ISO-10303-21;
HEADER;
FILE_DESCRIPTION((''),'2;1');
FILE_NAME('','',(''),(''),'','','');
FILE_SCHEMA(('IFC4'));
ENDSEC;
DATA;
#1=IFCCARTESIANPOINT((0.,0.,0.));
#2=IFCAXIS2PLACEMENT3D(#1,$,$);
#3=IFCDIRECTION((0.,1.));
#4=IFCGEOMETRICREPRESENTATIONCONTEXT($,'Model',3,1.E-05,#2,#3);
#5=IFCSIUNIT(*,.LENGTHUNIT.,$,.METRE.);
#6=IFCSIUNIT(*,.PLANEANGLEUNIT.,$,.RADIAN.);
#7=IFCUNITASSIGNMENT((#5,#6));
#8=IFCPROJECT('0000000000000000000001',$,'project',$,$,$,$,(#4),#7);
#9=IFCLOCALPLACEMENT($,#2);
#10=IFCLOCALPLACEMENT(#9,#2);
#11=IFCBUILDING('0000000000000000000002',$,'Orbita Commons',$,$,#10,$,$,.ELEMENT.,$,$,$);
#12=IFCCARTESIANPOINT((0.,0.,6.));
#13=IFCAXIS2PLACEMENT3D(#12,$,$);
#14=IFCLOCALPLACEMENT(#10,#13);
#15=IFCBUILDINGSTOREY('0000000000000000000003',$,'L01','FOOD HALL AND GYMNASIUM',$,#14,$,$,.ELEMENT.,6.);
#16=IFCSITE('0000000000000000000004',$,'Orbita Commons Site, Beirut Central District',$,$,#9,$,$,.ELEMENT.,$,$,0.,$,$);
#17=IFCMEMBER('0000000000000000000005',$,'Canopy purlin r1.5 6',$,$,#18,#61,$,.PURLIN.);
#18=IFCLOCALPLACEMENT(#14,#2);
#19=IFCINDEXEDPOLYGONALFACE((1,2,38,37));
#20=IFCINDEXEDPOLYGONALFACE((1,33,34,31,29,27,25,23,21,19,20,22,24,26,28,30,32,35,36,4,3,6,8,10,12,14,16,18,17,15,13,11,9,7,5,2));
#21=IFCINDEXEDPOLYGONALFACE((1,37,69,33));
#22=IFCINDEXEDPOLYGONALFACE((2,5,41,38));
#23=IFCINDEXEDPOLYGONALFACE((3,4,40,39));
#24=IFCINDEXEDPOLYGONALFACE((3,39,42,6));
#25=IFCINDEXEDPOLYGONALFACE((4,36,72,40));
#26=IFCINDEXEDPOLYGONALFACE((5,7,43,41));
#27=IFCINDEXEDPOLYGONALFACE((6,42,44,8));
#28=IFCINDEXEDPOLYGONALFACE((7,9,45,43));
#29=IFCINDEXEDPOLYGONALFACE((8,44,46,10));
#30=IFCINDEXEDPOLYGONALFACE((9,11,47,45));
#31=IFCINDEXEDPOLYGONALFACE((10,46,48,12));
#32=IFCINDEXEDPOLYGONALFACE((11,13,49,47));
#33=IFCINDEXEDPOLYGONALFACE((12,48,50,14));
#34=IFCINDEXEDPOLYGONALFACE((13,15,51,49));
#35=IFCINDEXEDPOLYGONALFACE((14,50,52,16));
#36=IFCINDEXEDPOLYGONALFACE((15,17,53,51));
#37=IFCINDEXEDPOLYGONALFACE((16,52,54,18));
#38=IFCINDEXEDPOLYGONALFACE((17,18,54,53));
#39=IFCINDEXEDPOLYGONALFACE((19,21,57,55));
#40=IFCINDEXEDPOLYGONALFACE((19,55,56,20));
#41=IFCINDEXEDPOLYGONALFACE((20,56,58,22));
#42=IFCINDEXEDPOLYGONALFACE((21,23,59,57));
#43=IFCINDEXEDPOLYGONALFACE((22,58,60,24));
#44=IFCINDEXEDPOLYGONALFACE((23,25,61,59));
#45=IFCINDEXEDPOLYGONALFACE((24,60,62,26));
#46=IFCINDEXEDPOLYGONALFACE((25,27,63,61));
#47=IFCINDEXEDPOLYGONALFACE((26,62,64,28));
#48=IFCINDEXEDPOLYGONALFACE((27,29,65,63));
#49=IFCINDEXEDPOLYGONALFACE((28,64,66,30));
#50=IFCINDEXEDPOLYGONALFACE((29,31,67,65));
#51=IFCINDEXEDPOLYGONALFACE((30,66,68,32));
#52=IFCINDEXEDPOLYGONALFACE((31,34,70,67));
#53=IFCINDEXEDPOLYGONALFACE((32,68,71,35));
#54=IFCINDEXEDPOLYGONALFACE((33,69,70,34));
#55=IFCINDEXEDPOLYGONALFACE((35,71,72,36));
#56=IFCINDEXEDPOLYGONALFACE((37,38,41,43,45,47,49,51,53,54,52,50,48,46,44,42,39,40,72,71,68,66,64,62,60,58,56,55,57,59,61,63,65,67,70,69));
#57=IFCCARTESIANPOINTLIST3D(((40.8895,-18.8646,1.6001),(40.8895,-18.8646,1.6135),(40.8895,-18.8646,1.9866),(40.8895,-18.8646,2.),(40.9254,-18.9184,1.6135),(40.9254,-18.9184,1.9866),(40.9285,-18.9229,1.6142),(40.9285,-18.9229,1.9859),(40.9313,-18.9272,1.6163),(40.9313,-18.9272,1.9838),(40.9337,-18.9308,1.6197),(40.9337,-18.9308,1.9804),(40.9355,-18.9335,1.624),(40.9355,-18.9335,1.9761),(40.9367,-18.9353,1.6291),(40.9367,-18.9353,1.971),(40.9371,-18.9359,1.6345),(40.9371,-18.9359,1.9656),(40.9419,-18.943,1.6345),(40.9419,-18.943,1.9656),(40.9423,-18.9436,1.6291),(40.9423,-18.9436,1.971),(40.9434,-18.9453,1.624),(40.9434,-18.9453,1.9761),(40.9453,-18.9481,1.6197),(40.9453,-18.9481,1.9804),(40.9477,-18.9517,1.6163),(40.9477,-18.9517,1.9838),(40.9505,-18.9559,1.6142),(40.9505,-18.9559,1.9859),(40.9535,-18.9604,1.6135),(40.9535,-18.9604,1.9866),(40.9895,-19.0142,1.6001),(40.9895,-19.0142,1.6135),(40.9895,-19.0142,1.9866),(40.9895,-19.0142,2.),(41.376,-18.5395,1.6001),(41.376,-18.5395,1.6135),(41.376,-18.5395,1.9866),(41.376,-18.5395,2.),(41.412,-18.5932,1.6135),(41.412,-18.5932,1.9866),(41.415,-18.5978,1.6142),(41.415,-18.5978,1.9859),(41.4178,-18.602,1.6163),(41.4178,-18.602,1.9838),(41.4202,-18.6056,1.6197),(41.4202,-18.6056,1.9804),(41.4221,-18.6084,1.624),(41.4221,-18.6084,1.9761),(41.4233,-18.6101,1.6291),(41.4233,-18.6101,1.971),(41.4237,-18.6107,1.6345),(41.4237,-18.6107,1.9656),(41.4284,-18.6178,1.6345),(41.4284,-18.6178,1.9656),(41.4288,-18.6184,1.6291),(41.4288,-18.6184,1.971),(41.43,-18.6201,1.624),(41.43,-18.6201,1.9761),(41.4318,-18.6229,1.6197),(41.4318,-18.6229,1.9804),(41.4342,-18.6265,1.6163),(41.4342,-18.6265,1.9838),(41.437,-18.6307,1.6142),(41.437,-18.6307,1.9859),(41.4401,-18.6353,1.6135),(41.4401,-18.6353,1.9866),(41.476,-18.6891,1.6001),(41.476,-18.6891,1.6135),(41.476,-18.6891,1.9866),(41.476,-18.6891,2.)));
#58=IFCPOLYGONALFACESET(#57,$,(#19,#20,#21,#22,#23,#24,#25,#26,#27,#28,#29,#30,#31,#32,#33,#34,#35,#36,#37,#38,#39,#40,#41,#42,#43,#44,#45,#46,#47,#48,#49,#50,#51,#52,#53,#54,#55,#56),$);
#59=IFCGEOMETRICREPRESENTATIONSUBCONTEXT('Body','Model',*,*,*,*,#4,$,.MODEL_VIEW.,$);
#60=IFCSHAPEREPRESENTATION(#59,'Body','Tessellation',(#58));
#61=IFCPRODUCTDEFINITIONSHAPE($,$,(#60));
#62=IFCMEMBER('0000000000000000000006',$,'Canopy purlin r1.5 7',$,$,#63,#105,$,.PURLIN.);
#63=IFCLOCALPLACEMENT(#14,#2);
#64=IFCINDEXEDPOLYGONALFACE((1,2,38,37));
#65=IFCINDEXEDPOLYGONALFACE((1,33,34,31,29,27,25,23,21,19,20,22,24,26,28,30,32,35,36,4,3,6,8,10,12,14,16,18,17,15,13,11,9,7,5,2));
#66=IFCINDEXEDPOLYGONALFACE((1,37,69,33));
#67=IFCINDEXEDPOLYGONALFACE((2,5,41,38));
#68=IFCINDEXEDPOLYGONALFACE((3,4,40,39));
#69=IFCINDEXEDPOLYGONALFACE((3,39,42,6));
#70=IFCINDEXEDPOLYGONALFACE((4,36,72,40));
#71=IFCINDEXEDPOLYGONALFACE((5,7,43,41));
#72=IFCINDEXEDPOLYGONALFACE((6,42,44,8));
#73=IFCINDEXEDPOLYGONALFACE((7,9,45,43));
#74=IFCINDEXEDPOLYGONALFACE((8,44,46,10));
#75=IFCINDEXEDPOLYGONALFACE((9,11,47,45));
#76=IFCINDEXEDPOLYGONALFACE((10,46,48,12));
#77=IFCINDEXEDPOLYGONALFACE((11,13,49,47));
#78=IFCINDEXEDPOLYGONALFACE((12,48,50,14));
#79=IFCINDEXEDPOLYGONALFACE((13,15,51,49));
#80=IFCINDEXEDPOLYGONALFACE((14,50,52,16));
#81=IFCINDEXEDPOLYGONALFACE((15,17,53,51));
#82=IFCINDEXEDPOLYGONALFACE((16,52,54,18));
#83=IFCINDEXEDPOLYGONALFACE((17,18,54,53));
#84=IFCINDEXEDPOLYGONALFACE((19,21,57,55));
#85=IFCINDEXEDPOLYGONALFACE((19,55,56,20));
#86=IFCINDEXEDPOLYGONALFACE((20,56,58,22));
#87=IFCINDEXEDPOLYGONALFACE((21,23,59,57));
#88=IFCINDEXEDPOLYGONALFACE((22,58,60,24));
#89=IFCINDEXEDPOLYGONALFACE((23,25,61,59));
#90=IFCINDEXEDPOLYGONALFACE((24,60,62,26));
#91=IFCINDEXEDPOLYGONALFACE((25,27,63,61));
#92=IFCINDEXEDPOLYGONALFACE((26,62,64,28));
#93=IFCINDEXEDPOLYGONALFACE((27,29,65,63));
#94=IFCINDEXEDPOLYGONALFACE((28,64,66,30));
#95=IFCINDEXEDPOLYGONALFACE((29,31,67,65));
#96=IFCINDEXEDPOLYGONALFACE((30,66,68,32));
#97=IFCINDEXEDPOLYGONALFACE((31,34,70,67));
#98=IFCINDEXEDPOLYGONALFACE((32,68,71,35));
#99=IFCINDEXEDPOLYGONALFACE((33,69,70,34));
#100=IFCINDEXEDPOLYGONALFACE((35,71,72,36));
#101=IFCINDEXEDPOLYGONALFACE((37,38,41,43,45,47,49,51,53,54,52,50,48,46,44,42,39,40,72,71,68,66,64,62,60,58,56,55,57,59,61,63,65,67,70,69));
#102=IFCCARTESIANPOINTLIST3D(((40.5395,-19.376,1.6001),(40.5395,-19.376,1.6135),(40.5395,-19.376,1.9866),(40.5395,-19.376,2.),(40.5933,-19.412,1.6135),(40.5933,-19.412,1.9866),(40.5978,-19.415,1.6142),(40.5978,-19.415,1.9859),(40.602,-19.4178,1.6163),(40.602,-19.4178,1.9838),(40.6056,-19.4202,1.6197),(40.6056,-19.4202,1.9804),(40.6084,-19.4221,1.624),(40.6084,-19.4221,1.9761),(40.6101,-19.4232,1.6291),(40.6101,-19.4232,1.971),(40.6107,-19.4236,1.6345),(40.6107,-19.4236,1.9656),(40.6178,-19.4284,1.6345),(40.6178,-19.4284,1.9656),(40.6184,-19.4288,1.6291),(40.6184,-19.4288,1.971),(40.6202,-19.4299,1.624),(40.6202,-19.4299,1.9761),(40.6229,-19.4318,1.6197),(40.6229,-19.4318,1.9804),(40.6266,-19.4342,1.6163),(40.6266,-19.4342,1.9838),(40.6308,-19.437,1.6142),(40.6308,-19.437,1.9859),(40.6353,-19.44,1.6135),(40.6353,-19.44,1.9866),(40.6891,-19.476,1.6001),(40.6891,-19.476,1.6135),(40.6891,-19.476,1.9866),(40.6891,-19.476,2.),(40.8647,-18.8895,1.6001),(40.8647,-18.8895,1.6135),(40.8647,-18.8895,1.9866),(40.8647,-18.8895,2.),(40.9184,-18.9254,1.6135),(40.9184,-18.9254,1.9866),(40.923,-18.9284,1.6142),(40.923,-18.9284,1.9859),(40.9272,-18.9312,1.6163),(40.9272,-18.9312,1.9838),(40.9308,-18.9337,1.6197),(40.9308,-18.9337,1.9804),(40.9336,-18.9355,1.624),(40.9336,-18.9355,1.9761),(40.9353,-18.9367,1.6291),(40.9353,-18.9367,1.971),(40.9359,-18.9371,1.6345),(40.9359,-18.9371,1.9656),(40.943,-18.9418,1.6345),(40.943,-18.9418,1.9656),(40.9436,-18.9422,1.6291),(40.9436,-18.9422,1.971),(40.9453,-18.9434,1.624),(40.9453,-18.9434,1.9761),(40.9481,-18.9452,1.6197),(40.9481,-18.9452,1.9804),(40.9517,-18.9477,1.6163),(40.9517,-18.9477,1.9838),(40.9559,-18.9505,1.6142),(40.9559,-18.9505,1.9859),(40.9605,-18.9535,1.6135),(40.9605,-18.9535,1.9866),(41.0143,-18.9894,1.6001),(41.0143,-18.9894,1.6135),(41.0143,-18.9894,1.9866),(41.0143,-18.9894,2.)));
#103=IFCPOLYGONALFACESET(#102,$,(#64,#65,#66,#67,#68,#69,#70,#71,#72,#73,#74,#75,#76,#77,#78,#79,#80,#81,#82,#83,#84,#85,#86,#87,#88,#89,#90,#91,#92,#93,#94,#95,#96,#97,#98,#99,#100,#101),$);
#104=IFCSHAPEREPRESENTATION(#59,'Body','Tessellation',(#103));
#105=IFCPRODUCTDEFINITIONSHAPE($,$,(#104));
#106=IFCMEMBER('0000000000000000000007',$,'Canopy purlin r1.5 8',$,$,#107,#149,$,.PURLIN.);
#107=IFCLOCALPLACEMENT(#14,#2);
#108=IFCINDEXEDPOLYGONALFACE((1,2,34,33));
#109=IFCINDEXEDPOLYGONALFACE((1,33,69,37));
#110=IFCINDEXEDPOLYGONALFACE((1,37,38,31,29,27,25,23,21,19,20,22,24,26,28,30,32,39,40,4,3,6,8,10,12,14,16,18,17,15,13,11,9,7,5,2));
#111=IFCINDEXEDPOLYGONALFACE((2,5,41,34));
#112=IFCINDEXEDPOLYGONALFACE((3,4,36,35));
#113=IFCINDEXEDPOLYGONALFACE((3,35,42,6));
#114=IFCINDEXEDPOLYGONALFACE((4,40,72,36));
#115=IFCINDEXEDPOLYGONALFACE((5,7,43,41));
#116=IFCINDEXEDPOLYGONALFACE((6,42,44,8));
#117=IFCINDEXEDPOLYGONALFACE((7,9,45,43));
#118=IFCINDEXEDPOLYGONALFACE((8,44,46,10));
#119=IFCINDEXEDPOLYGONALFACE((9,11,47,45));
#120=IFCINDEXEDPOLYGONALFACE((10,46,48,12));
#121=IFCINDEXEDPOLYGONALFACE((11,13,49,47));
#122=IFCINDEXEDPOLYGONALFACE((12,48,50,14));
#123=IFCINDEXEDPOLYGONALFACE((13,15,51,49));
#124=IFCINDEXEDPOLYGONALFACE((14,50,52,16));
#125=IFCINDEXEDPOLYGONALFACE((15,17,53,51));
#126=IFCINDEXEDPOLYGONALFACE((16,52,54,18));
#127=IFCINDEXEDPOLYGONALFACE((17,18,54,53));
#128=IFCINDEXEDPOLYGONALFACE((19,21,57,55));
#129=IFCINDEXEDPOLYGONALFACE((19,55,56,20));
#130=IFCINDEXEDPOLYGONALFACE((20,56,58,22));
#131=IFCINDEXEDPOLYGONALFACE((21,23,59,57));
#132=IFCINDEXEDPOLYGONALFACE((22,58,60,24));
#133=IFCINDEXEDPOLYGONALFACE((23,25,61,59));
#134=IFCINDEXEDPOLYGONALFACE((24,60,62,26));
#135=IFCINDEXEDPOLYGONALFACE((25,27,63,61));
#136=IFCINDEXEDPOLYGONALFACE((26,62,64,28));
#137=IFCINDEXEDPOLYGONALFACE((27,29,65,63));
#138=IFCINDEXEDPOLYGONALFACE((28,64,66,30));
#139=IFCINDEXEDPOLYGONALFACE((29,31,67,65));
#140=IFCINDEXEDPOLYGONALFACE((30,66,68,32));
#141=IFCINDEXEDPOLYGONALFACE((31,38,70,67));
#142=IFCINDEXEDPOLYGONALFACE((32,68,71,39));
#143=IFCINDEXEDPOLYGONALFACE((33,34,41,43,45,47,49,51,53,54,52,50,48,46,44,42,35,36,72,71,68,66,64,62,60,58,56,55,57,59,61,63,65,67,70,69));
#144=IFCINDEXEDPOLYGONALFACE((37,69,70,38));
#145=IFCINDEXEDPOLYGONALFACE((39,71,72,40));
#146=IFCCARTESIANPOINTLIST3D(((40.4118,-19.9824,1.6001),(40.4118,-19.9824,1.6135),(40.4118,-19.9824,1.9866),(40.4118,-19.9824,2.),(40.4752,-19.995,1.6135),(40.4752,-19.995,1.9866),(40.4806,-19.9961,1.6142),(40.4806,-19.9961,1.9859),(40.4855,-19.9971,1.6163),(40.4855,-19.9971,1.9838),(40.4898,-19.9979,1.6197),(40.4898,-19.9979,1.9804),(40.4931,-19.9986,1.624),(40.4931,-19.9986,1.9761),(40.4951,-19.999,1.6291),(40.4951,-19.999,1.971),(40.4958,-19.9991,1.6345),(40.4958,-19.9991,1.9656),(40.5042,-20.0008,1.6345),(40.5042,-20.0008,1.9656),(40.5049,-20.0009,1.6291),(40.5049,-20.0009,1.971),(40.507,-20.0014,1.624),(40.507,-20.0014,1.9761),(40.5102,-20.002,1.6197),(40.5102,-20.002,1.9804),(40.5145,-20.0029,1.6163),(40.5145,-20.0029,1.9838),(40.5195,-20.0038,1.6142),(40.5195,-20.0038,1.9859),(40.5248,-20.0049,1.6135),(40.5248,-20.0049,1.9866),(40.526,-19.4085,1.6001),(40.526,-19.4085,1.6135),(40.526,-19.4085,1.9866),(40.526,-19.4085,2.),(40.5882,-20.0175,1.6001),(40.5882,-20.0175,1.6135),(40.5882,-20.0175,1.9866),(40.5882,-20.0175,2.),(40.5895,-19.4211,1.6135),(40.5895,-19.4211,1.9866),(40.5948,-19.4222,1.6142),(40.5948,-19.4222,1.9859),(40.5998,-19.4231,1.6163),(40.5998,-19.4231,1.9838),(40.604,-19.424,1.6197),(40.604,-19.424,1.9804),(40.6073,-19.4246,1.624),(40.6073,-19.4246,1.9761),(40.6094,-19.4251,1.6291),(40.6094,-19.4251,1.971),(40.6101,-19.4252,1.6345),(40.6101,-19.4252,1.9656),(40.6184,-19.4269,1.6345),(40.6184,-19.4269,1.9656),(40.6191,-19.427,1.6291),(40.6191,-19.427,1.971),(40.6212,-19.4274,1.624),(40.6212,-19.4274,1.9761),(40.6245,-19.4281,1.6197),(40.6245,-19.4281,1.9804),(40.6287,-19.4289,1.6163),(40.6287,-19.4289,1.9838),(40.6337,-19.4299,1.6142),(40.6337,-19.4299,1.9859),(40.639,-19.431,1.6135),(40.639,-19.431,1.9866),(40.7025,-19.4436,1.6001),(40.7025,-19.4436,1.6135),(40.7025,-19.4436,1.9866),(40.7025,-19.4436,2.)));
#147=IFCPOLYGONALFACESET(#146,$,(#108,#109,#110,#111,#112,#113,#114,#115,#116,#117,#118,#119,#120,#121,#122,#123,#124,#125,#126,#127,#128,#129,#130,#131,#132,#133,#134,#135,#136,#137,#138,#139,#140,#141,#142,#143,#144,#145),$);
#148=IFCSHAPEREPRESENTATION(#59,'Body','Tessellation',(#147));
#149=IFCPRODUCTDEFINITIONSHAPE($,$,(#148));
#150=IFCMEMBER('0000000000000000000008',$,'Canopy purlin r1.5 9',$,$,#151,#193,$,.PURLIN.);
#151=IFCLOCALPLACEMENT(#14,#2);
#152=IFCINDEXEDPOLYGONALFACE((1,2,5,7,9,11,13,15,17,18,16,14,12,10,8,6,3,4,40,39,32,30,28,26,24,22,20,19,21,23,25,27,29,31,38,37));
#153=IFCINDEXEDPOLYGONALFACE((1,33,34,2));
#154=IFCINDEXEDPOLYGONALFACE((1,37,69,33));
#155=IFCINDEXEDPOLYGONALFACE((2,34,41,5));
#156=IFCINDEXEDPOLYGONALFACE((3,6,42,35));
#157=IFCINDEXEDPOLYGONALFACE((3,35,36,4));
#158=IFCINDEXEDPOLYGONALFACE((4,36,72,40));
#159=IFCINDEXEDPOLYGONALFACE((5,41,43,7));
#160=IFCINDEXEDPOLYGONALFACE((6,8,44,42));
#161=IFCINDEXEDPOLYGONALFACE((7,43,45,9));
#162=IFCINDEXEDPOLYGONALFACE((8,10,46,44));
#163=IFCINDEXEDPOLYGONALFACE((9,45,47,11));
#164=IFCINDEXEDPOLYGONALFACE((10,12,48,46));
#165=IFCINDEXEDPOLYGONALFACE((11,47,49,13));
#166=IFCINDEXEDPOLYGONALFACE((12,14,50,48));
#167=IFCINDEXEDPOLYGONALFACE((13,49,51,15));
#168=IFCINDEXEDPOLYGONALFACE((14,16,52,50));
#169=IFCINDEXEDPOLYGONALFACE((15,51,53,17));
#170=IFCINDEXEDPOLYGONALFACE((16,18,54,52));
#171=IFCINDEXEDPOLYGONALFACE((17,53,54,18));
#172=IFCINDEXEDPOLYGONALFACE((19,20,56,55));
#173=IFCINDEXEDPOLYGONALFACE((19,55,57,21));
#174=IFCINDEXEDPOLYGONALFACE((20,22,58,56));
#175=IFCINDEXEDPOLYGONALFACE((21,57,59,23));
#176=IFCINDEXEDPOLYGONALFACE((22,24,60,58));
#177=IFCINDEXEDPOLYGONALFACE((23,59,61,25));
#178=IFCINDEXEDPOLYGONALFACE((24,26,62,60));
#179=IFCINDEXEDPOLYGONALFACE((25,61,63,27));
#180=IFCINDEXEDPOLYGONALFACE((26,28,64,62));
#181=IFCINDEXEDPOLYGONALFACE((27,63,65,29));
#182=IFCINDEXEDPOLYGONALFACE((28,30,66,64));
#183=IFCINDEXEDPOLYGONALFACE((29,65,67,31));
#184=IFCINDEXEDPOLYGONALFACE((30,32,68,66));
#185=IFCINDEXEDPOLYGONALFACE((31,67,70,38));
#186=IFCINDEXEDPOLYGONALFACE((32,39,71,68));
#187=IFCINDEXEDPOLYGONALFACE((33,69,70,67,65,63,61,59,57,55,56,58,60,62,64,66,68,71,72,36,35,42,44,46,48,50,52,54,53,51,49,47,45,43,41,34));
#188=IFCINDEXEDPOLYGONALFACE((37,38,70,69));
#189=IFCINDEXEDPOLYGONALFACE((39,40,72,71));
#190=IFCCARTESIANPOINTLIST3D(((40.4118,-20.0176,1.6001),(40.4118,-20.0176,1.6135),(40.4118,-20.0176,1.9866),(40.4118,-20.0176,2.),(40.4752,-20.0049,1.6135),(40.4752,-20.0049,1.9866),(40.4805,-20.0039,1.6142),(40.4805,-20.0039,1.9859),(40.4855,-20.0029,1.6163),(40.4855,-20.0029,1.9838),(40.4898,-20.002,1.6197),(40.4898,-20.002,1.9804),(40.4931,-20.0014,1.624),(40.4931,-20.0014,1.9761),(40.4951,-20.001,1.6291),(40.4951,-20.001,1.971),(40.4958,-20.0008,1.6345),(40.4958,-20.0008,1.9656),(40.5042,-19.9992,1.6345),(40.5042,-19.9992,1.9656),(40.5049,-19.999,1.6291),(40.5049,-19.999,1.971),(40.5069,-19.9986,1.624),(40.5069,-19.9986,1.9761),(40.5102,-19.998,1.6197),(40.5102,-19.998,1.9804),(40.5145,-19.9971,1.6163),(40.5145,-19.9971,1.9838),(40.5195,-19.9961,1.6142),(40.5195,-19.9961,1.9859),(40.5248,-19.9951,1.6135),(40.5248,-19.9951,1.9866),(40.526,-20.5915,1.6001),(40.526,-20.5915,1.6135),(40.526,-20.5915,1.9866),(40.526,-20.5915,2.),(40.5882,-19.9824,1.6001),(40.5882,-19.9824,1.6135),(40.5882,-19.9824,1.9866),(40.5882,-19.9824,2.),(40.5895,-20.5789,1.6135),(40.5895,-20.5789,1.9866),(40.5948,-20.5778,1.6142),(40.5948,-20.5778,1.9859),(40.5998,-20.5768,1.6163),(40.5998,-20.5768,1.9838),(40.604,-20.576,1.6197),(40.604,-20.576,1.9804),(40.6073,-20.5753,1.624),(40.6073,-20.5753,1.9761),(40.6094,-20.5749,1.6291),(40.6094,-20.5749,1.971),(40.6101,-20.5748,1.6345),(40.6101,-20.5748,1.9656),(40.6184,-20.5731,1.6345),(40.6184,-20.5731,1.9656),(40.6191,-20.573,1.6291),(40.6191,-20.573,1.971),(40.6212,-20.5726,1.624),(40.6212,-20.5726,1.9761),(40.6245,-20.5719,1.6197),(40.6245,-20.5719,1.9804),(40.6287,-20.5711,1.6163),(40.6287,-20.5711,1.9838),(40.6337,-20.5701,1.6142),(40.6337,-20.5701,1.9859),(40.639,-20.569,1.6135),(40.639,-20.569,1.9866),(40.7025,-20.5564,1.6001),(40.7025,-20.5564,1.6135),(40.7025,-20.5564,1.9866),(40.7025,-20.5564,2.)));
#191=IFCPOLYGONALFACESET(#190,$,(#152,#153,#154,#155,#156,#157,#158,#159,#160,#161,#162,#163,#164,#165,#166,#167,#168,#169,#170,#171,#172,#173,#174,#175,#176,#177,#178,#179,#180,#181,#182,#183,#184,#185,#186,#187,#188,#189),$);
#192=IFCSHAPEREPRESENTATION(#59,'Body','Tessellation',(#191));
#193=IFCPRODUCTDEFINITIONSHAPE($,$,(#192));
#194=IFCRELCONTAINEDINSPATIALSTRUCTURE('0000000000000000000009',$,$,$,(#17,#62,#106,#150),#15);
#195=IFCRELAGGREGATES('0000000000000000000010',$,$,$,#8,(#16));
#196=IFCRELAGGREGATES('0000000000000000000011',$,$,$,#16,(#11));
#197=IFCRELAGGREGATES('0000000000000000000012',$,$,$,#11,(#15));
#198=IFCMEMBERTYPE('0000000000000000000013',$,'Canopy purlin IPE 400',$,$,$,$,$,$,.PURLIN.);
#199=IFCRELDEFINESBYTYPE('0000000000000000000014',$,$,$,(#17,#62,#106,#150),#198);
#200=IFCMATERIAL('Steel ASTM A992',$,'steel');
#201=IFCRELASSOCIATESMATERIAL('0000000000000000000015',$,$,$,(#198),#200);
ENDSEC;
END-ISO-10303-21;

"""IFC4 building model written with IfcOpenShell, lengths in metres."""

from ifc_helpers import new_model, si_unit, direction, frame, origin, origin_2d, place, context, subcontext, project, spatial, i_section, extrude, material, material_profile, profile_set, type_object, element, save


model = new_model("IFC4")

# Units and contexts
model_context = context("Model", 3, precision=1e-05, world=origin(), true_north=direction((0.0, 1.0)))
body_context = subcontext(model_context, "Body", "Model", "MODEL_VIEW")
ifc_project = project(units=[si_unit("LENGTHUNIT", "METRE"), si_unit("PLANEANGLEUNIT", "RADIAN")], contexts=[model_context])

# Site, building, storey
site_placement = place(None, origin())
site = spatial("IfcSite", under=ifc_project, at=site_placement, Name="Orbita Commons Site, Beirut Central District", CompositionType="ELEMENT", RefElevation=0.0)
building_placement = place(site_placement, origin())
building = spatial("IfcBuilding", under=site, at=building_placement, Name="Orbita Commons", CompositionType="ELEMENT")
storey_placement = place(building_placement, frame((0.0, 0.0, 6.0)))
storey = spatial("IfcBuildingStorey", under=building, at=storey_placement, Name="L01", Description="FOOD HALL AND GYMNASIUM", CompositionType="ELEMENT", Elevation=6.0)

# Members
ifc_material_1 = material(Name="Steel ASTM A992", Category="steel")
ifc_material_profile_1 = material_profile(ifc_material_1, i_section(OverallWidth=0.1799, OverallDepth=0.3999, WebThickness=0.0085, FlangeThickness=0.0134, FilletRadius=0.021, at=origin_2d()), Name="IPE 400")
ifc_profile_set_1 = profile_set([ifc_material_profile_1], Name="Steel ASTM A992")
member_type_1 = type_object("IfcMemberType", Name="Canopy purlin IPE 400", PredefinedType="PURLIN", material=ifc_profile_set_1)
for number, where, z_axis, x_axis, name in (
    (1, (41.426, -18.6143, 1.8), (-0.831408, -0.555663, 0.0), (0.555663, -0.831408, 0.0), "Canopy purlin r1.5 6"),
    (2, (40.9395, -18.9395, 1.8), (-0.555663, -0.831408, 0.0), (0.831408, -0.555663, 0.0), "Canopy purlin r1.5 7"),
    (3, (40.6143, -19.426, 1.8), (-0.195234, -0.980757, 0.0), (0.980757, -0.195234, 0.0), "Canopy purlin r1.5 8"),
    (4, (40.5, -20.0, 1.8), (0.195234, -0.980757, 0.0), (0.980757, 0.195234, 0.0), "Canopy purlin r1.5 9"),
):
    element("IfcMember", number, at=place(storey_placement, frame(where, z_axis=z_axis, x_axis=x_axis)), inside=storey, type_object=member_type_1, Name=name, PredefinedType="PURLIN", context=body_context, shape_type="SweptSolid", body=[
        extrude(i_section(OverallWidth=0.1799, OverallDepth=0.3999, WebThickness=0.0085, FlangeThickness=0.0134, FilletRadius=0.021, at=origin_2d()), origin(), (0.0, 0.0, 1.0), 0.5852),
    ])

save(model, "model.ifc")
